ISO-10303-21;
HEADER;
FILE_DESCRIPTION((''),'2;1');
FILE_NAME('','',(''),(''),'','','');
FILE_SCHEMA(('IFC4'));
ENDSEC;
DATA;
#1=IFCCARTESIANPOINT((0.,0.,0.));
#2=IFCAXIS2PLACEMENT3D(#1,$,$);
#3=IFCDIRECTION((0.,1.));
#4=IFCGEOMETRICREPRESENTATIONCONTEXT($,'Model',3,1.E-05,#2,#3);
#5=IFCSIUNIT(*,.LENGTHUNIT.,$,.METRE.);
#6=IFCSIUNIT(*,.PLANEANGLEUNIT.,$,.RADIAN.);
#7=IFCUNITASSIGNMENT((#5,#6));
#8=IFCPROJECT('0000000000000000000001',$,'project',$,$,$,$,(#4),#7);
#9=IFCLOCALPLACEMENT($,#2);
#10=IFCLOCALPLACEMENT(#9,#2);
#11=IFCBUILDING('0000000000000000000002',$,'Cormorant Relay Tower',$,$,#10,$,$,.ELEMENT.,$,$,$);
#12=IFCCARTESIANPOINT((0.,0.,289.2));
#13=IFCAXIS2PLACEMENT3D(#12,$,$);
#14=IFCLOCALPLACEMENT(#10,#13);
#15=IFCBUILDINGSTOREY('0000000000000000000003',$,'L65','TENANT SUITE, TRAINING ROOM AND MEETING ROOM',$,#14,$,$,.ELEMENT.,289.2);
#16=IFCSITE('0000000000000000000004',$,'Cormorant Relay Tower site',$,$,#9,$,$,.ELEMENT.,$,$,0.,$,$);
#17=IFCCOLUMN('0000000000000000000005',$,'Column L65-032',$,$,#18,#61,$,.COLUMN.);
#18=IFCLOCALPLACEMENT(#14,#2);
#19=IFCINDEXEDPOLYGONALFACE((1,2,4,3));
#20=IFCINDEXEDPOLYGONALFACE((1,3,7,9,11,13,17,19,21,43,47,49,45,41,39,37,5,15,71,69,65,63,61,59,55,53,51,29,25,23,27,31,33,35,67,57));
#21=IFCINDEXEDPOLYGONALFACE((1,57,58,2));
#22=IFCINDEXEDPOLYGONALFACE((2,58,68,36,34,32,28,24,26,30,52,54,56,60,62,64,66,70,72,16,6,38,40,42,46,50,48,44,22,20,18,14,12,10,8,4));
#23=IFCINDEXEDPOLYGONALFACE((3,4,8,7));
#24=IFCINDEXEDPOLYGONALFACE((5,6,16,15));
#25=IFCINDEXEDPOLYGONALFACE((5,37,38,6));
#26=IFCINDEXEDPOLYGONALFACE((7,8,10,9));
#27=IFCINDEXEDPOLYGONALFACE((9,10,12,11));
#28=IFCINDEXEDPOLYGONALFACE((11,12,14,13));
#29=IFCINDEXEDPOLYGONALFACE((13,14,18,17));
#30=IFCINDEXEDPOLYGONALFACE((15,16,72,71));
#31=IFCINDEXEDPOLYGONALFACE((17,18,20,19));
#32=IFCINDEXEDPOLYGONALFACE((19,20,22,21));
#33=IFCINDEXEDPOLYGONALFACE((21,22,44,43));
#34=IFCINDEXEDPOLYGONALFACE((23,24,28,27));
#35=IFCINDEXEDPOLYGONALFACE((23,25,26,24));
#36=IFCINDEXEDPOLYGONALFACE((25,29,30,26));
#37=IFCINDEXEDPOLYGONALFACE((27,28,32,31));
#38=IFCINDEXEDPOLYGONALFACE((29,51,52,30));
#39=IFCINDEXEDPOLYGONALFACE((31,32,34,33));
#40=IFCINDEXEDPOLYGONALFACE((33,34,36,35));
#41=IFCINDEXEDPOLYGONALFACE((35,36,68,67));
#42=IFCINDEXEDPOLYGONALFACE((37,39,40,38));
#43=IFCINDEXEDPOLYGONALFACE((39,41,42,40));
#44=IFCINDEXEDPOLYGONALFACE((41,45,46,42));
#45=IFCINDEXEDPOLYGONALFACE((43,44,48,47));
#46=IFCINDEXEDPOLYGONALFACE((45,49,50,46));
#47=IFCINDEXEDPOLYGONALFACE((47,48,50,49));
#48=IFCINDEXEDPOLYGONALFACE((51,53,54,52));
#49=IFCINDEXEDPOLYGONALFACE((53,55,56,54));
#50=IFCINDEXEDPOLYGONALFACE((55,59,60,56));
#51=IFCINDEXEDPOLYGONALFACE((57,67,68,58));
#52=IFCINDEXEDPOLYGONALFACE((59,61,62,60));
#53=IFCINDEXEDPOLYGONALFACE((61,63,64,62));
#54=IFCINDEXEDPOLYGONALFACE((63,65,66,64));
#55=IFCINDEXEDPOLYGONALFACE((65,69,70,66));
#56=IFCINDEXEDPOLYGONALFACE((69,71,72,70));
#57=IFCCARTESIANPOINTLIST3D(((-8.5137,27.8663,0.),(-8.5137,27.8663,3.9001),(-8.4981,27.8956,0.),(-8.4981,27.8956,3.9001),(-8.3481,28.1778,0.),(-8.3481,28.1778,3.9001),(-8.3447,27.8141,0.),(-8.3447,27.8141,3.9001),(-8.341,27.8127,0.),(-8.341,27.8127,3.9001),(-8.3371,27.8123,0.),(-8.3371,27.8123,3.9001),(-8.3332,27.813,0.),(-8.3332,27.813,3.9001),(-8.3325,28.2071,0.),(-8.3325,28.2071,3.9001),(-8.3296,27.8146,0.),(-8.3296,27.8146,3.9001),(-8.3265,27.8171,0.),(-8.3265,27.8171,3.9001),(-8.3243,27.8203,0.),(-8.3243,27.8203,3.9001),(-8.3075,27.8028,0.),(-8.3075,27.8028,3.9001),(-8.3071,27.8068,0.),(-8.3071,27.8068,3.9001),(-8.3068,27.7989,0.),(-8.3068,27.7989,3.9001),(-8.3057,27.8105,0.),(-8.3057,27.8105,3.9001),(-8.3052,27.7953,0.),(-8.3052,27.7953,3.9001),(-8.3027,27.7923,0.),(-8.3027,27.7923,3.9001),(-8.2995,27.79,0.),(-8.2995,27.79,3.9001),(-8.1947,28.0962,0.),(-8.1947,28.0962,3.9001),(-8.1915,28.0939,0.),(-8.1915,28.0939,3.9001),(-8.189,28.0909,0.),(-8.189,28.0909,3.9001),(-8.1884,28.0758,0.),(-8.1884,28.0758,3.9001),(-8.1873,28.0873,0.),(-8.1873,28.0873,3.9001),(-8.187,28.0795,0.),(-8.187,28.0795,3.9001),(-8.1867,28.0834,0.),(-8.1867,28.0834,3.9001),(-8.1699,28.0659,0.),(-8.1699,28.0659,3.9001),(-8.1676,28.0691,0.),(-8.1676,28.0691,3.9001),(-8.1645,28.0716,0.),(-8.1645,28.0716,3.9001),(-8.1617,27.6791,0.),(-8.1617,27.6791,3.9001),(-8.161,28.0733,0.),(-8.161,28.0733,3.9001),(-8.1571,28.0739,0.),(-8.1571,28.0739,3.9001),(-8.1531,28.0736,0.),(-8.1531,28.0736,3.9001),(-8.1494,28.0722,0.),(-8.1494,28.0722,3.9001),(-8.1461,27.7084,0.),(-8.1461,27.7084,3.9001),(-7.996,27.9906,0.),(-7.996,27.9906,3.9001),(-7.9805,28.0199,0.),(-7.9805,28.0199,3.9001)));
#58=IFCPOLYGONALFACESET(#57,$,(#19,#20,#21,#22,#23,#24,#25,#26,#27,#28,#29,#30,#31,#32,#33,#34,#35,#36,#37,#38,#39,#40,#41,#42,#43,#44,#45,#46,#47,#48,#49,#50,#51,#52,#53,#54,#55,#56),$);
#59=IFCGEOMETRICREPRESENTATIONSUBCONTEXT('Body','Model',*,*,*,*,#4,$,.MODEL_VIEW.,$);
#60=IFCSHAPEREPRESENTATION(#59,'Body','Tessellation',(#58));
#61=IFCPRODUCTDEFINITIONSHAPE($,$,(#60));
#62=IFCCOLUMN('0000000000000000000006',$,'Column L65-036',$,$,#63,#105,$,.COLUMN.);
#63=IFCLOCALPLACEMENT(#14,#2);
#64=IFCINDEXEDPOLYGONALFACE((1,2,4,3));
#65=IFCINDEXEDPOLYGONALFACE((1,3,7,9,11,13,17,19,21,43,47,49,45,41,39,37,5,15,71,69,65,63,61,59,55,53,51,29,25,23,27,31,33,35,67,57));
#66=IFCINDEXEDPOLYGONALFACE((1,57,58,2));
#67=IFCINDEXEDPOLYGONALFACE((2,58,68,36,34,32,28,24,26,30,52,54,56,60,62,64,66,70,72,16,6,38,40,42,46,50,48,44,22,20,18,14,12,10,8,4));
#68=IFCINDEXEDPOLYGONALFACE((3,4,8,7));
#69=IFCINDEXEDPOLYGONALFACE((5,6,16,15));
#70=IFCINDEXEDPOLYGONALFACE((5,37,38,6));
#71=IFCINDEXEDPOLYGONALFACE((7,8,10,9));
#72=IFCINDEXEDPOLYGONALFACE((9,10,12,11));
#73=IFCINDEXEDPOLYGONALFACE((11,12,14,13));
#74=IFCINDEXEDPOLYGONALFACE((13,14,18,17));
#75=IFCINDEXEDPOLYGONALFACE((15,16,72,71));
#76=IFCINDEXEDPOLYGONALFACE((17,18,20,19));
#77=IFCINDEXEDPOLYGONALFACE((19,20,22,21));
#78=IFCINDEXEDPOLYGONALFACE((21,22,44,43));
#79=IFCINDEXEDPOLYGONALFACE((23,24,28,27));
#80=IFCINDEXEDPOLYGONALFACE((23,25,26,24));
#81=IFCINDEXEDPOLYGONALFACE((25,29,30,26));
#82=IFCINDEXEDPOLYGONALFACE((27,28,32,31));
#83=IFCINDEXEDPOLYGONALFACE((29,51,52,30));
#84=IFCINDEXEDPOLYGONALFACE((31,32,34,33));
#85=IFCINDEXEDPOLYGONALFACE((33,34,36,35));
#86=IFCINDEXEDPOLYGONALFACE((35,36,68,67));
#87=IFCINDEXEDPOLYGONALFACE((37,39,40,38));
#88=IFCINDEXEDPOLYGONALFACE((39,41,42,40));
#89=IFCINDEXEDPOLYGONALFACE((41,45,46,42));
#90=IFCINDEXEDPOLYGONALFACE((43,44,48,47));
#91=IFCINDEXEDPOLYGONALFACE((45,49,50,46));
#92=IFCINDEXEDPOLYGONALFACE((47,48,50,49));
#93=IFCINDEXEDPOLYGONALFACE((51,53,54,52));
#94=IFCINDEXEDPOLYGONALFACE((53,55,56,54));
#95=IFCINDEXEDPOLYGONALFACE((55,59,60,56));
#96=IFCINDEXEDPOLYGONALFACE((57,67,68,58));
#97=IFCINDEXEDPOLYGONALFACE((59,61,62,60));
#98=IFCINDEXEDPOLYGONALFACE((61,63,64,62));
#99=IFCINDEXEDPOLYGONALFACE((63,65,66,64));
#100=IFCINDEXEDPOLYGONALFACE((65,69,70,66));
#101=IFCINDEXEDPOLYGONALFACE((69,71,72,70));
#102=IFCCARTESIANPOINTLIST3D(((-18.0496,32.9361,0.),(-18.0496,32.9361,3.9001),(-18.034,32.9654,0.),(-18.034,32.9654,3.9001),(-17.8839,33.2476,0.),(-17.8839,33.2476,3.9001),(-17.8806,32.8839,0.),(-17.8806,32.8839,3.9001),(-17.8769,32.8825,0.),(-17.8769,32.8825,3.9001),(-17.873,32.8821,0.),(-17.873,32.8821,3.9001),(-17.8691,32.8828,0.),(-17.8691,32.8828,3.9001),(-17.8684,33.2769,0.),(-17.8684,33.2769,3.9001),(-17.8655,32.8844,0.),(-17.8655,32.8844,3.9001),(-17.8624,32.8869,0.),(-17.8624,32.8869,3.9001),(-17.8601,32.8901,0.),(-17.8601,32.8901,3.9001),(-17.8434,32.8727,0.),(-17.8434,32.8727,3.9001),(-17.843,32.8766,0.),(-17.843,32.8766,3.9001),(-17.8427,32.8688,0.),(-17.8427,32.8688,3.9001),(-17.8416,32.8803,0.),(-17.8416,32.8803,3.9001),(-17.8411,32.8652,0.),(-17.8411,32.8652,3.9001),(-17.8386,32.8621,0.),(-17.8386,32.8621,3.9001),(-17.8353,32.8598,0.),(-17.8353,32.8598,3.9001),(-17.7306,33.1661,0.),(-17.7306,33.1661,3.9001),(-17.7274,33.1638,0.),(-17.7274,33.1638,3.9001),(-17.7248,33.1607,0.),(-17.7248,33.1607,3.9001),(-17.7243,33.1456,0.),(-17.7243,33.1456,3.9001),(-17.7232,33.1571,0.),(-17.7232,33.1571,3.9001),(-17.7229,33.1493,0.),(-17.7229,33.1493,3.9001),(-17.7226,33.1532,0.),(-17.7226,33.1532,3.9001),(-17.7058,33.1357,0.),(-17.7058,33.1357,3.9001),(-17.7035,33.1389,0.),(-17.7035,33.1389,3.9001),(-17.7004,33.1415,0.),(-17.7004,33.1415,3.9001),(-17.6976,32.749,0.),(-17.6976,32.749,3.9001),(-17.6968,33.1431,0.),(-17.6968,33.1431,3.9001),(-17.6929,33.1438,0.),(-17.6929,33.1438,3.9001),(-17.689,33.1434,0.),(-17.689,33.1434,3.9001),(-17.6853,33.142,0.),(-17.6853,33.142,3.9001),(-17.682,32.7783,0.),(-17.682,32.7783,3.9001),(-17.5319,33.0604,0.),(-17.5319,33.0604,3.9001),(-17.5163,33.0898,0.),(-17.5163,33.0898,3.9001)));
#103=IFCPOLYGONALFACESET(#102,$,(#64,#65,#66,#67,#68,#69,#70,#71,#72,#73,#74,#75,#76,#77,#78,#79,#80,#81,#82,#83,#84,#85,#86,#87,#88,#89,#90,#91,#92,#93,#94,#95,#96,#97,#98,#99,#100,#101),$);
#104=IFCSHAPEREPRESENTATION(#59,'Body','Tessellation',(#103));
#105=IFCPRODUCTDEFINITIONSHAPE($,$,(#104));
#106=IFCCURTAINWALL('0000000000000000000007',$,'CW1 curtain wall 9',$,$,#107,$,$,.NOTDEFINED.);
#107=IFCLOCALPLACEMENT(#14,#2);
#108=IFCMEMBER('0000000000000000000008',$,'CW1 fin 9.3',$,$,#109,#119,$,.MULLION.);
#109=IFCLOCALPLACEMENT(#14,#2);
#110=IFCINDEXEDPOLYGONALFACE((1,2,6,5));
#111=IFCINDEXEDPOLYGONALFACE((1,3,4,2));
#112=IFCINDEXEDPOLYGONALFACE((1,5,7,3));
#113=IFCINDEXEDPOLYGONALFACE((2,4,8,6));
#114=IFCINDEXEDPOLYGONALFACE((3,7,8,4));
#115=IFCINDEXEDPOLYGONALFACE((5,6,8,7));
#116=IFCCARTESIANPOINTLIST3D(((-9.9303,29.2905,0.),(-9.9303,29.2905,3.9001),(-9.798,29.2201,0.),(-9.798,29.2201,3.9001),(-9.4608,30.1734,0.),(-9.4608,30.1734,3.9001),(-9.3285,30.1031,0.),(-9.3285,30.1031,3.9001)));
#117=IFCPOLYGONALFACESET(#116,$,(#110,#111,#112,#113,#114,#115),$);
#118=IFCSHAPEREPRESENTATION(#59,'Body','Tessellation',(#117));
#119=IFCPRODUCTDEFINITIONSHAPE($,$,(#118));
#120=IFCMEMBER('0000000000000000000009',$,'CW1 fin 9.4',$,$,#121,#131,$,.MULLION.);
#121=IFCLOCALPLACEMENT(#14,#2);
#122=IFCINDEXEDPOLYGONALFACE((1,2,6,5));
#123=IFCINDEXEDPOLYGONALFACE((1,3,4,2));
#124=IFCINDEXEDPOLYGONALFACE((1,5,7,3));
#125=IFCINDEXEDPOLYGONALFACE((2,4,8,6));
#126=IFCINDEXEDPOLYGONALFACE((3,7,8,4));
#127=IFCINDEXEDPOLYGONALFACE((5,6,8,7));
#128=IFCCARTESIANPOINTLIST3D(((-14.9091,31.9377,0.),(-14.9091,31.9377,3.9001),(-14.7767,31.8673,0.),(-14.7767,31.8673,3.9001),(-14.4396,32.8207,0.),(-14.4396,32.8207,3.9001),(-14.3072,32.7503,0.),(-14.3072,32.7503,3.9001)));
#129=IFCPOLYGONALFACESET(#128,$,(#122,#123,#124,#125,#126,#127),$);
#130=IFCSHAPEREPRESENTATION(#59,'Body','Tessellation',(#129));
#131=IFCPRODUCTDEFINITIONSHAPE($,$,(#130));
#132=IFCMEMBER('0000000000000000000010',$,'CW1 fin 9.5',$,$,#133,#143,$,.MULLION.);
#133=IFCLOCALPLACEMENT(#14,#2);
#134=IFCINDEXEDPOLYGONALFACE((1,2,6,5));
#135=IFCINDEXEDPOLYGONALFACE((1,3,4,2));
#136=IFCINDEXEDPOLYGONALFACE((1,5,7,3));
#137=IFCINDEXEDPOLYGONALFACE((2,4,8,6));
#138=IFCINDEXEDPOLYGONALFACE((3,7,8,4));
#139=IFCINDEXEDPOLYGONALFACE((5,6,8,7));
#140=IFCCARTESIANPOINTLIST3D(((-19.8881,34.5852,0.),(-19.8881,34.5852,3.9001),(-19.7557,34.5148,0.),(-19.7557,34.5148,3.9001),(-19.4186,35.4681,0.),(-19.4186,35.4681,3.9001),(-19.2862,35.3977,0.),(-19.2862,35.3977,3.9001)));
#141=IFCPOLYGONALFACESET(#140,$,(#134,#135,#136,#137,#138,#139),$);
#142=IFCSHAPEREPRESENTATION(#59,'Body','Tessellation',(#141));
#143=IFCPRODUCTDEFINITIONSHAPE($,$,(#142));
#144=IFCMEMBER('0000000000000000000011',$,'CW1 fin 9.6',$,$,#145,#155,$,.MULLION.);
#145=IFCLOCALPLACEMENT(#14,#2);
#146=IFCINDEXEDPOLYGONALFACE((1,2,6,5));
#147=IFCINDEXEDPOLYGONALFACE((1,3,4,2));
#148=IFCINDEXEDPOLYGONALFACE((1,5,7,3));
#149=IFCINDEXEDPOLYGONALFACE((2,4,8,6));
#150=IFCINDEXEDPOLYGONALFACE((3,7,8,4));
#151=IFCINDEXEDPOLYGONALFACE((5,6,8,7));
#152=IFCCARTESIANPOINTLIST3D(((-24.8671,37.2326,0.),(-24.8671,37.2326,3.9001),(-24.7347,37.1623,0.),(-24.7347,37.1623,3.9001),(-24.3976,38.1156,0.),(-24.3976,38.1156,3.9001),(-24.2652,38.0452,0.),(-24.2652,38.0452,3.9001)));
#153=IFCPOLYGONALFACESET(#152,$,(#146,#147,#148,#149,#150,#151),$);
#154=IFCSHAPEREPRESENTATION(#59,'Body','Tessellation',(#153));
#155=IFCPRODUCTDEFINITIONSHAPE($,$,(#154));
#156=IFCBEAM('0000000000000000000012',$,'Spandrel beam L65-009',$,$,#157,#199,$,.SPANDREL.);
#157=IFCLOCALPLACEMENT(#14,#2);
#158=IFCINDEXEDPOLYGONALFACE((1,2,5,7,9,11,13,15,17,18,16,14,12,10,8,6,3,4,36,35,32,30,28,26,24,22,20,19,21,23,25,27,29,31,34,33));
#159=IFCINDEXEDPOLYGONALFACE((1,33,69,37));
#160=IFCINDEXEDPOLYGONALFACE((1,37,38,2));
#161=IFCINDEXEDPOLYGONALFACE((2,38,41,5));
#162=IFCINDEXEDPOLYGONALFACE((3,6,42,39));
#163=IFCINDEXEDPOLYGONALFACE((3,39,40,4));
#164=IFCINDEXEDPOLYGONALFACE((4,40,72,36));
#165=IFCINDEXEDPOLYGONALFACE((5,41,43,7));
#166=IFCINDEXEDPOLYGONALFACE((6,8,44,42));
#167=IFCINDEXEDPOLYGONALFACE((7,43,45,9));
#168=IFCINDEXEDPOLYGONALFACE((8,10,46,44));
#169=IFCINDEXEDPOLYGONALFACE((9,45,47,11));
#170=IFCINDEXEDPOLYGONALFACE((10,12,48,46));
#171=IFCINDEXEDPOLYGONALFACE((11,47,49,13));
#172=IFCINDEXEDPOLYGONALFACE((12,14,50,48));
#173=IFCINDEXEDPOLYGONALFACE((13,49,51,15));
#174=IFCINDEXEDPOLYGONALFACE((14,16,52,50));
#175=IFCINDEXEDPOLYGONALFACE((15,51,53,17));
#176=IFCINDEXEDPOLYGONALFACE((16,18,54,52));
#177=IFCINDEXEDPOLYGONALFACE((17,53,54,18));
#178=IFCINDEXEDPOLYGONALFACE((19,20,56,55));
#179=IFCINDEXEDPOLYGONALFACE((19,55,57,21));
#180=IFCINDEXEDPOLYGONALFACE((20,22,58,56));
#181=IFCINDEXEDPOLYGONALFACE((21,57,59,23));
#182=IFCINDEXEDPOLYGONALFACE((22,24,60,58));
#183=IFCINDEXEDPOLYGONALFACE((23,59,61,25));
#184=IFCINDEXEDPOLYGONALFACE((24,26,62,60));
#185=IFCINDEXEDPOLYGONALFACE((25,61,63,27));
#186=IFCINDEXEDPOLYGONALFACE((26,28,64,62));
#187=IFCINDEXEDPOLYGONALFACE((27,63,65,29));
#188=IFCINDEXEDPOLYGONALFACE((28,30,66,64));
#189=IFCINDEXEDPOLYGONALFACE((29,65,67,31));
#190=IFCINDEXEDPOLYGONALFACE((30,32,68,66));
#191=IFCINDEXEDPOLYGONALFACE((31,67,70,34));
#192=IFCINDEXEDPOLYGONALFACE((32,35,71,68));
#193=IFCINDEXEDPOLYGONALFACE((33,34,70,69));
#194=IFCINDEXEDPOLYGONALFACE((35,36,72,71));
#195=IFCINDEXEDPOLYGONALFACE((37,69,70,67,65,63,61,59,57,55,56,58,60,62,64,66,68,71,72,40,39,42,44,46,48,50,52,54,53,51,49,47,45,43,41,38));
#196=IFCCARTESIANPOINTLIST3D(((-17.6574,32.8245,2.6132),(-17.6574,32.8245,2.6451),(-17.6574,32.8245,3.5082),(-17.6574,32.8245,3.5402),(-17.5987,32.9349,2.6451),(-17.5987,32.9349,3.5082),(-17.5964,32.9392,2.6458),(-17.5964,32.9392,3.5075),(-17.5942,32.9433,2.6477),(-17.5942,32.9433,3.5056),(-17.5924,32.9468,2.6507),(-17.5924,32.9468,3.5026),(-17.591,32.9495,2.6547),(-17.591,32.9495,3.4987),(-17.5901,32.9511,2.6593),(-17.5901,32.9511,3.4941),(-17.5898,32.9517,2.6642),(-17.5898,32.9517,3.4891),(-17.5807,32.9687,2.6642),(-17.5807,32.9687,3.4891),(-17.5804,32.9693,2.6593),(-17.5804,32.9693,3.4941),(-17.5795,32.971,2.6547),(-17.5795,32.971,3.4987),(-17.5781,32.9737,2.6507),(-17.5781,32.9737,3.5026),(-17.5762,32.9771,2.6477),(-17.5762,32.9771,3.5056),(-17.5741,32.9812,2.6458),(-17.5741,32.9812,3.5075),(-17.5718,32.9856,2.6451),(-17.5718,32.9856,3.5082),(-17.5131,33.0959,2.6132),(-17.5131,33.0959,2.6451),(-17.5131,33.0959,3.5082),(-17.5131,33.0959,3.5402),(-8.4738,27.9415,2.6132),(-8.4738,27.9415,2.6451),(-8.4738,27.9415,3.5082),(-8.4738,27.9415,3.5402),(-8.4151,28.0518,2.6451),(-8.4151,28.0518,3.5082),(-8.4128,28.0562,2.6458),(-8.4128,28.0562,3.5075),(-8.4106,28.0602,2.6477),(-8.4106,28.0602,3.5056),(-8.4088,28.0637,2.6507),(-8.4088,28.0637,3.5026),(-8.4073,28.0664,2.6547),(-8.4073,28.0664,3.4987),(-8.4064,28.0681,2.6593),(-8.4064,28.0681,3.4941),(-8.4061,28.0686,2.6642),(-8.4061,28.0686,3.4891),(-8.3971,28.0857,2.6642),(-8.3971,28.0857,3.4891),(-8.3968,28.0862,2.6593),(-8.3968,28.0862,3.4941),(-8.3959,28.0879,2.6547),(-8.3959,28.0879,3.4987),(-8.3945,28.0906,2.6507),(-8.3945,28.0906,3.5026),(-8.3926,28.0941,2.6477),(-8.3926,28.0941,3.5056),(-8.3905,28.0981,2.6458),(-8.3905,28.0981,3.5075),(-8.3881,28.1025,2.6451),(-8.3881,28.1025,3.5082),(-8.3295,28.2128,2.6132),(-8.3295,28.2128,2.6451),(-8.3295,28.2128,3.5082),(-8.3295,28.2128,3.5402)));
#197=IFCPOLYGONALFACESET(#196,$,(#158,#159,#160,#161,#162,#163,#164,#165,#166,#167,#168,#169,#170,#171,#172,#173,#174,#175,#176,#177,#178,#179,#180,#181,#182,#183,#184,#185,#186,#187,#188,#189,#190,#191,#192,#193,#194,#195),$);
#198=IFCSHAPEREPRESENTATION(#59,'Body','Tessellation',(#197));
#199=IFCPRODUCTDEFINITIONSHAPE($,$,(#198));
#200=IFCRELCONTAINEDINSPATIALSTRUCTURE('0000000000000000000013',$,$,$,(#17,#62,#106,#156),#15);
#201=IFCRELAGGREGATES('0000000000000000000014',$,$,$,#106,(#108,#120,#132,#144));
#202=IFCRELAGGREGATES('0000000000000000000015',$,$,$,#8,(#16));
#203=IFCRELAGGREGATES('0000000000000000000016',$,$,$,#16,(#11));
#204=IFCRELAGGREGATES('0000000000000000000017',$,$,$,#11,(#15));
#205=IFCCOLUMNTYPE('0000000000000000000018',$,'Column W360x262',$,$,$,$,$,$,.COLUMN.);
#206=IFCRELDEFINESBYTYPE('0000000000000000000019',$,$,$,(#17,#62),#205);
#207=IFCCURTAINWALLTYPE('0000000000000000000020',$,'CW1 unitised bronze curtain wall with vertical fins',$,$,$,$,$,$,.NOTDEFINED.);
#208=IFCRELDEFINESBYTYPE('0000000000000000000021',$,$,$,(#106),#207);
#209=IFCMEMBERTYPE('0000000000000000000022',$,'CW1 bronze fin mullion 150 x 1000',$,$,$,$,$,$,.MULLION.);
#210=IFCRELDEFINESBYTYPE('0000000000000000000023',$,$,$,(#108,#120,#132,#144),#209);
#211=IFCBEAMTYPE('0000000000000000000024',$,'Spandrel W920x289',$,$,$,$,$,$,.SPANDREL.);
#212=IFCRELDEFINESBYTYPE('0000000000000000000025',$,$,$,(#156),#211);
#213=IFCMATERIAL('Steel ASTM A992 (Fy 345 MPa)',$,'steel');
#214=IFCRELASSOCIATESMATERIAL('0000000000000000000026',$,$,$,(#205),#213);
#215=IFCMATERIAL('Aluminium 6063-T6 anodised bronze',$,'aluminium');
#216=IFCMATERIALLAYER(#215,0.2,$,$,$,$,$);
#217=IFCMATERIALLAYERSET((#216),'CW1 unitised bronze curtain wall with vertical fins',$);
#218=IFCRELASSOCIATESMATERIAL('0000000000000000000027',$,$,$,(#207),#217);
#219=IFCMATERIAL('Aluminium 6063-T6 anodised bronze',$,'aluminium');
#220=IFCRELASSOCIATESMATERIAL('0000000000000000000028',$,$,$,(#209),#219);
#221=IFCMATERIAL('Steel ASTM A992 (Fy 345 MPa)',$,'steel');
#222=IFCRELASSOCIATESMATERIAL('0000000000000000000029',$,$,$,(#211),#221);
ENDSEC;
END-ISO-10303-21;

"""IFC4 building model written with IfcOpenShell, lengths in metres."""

from ifc_helpers import new_model, si_unit, direction, frame, origin, origin_2d, place, context, subcontext, project, spatial, rectangle, i_section, extrude, material, layer, layer_set, material_profile, profile_set, type_object, element, aggregate, save


model = new_model("IFC4")

# Units and contexts
model_context = context("Model", 3, precision=1e-05, world=origin(), true_north=direction((0.0, 1.0)))
body_context = subcontext(model_context, "Body", "Model", "MODEL_VIEW")
ifc_project = project(units=[si_unit("LENGTHUNIT", "METRE"), si_unit("PLANEANGLEUNIT", "RADIAN")], contexts=[model_context])

# Site, building, storey
site_placement = place(None, origin())
site = spatial("IfcSite", under=ifc_project, at=site_placement, Name="Cormorant Relay Tower site", CompositionType="ELEMENT", RefElevation=0.0)
building_placement = place(site_placement, origin())
building = spatial("IfcBuilding", under=site, at=building_placement, Name="Cormorant Relay Tower", CompositionType="ELEMENT")
storey_placement = place(building_placement, frame((0.0, 0.0, 289.2)))
storey = spatial("IfcBuildingStorey", under=building, at=storey_placement, Name="L65", Description="TENANT SUITE, TRAINING ROOM AND MEETING ROOM", CompositionType="ELEMENT", Elevation=289.2)

# Columns
ifc_material_1 = material(Name="Steel ASTM A992 (Fy 345 MPa)", Category="steel")
ifc_material_profile_1 = material_profile(ifc_material_1, i_section(OverallWidth=0.3987, OverallDepth=0.386, WebThickness=0.021, FlangeThickness=0.0332, FilletRadius=0.0151, at=origin_2d()), Name="W360x262")
ifc_profile_set_1 = profile_set([ifc_material_profile_1], Name="Steel ASTM A992 (Fy 345 MPa)")
column_type = type_object("IfcColumnType", Name="Column W360x262", PredefinedType="COLUMN", material=ifc_profile_set_1)
for number, where, z_axis, x_axis, name in (
    (1, (-8.2471, 27.9431, 0.0), (0.0, 0.0, 1.0), (-0.882948, 0.469472, 0.0), "Column L65-032"),
    (2, (-17.783, 33.0129, 0.0), (0.0, 0.0, 1.0), (-0.882948, 0.469472, 0.0), "Column L65-036"),
):
    element("IfcColumn", number, at=place(storey_placement, frame(where, z_axis=z_axis, x_axis=x_axis)), inside=storey, type_object=column_type, Name=name, PredefinedType="COLUMN", context=body_context, shape_type="SweptSolid", body=[
        extrude(i_section(OverallWidth=0.3987, OverallDepth=0.386, WebThickness=0.021, FlangeThickness=0.0332, FilletRadius=0.0151, at=origin_2d()), origin(), (0.0, 0.0, 1.0), 3.9001),
    ])

# Curtain wall, members
ifc_material_2 = material(Name="Aluminium 6063-T6 anodised bronze", Category="aluminium")
ifc_layer_1 = layer(ifc_material_2, 0.2)
ifc_layer_set_1 = layer_set([ifc_layer_1], Name="CW1 unitised bronze curtain wall with vertical fins")
curtain_wall_type = type_object("IfcCurtainWallType", Name="CW1 unitised bronze curtain wall with vertical fins", PredefinedType="NOTDEFINED", material=ifc_layer_set_1)
curtain_wall_placement = place(storey_placement, origin())
curtain_wall = element("IfcCurtainWall", 3, at=curtain_wall_placement, inside=storey, type_object=curtain_wall_type, Name="CW1 curtain wall 9", PredefinedType="NOTDEFINED")
ifc_material_3 = material(Name="Aluminium 6063-T6 anodised bronze", Category="aluminium")
ifc_material_profile_2 = material_profile(ifc_material_3, rectangle(XDim=0.1499, YDim=1.0, at=origin_2d()), Name="AL 150x1000")
ifc_profile_set_2 = profile_set([ifc_material_profile_2], Name="Aluminium 6063-T6 anodised bronze")
member_type = type_object("IfcMemberType", Name="CW1 bronze fin mullion 150 x 1000", PredefinedType="MULLION", material=ifc_profile_set_2)
member_1_placement = place(storey_placement, frame((-9.6294, 29.6968, 0.0), z_axis=(0.0, 0.0, 1.0), x_axis=(-0.882948, 0.469472, 0.0)))
member_1 = element("IfcMember", 4, at=member_1_placement, type_object=member_type, Name="CW1 fin 9.3", PredefinedType="MULLION", context=body_context, shape_type="SweptSolid", body=[
    extrude(rectangle(XDim=0.1499, YDim=1.0, at=origin_2d()), origin(), (0.0, 0.0, 1.0), 3.9001),
])
member_2_placement = place(storey_placement, frame((-14.6082, 32.344, 0.0), z_axis=(0.0, 0.0, 1.0), x_axis=(-0.882948, 0.469472, 0.0)))
member_2 = element("IfcMember", 5, at=member_2_placement, type_object=member_type, Name="CW1 fin 9.4", PredefinedType="MULLION", context=body_context, shape_type="SweptSolid", body=[
    extrude(rectangle(XDim=0.1499, YDim=1.0, at=origin_2d()), origin(), (0.0, 0.0, 1.0), 3.9001),
])
member_3_placement = place(storey_placement, frame((-19.5872, 34.9915, 0.0), z_axis=(0.0, 0.0, 1.0), x_axis=(-0.882948, 0.469472, 0.0)))
member_3 = element("IfcMember", 6, at=member_3_placement, type_object=member_type, Name="CW1 fin 9.5", PredefinedType="MULLION", context=body_context, shape_type="SweptSolid", body=[
    extrude(rectangle(XDim=0.1499, YDim=1.0, at=origin_2d()), origin(), (0.0, 0.0, 1.0), 3.9001),
])
member_4_placement = place(storey_placement, frame((-24.5662, 37.6389, 0.0), z_axis=(0.0, 0.0, 1.0), x_axis=(-0.882948, 0.469472, 0.0)))
member_4 = element("IfcMember", 7, at=member_4_placement, type_object=member_type, Name="CW1 fin 9.6", PredefinedType="MULLION", context=body_context, shape_type="SweptSolid", body=[
    extrude(rectangle(XDim=0.1499, YDim=1.0, at=origin_2d()), origin(), (0.0, 0.0, 1.0), 3.9001),
])

# Beam
ifc_material_4 = material(Name="Steel ASTM A992 (Fy 345 MPa)", Category="steel")
ifc_material_profile_3 = material_profile(ifc_material_4, i_section(OverallWidth=0.3074, OverallDepth=0.927, WebThickness=0.0193, FlangeThickness=0.032, FilletRadius=0.019, at=origin_2d()), Name="W920x289")
ifc_profile_set_3 = profile_set([ifc_material_profile_3], Name="Steel ASTM A992 (Fy 345 MPa)")
beam_type_1 = type_object("IfcBeamType", Name="Spandrel W920x289", PredefinedType="SPANDREL", material=ifc_profile_set_3)
beam_1_placement = place(storey_placement, frame((-8.4016, 28.0771, 3.0767), z_axis=(-0.882945, 0.469476, 0.0), x_axis=(-0.469476, -0.882945, 0.0)))
element("IfcBeam", 8, at=beam_1_placement, inside=storey, type_object=beam_type_1, Name="Spandrel beam L65-009", PredefinedType="SPANDREL", context=body_context, shape_type="SweptSolid", body=[
    extrude(i_section(OverallWidth=0.3074, OverallDepth=0.927, WebThickness=0.0193, FlangeThickness=0.032, FilletRadius=0.019, at=origin_2d()), origin(), (0.0, 0.0, 1.0), 10.4011),
])

aggregate(curtain_wall, [member_1, member_2, member_3, member_4])

save(model, "model.ifc")
